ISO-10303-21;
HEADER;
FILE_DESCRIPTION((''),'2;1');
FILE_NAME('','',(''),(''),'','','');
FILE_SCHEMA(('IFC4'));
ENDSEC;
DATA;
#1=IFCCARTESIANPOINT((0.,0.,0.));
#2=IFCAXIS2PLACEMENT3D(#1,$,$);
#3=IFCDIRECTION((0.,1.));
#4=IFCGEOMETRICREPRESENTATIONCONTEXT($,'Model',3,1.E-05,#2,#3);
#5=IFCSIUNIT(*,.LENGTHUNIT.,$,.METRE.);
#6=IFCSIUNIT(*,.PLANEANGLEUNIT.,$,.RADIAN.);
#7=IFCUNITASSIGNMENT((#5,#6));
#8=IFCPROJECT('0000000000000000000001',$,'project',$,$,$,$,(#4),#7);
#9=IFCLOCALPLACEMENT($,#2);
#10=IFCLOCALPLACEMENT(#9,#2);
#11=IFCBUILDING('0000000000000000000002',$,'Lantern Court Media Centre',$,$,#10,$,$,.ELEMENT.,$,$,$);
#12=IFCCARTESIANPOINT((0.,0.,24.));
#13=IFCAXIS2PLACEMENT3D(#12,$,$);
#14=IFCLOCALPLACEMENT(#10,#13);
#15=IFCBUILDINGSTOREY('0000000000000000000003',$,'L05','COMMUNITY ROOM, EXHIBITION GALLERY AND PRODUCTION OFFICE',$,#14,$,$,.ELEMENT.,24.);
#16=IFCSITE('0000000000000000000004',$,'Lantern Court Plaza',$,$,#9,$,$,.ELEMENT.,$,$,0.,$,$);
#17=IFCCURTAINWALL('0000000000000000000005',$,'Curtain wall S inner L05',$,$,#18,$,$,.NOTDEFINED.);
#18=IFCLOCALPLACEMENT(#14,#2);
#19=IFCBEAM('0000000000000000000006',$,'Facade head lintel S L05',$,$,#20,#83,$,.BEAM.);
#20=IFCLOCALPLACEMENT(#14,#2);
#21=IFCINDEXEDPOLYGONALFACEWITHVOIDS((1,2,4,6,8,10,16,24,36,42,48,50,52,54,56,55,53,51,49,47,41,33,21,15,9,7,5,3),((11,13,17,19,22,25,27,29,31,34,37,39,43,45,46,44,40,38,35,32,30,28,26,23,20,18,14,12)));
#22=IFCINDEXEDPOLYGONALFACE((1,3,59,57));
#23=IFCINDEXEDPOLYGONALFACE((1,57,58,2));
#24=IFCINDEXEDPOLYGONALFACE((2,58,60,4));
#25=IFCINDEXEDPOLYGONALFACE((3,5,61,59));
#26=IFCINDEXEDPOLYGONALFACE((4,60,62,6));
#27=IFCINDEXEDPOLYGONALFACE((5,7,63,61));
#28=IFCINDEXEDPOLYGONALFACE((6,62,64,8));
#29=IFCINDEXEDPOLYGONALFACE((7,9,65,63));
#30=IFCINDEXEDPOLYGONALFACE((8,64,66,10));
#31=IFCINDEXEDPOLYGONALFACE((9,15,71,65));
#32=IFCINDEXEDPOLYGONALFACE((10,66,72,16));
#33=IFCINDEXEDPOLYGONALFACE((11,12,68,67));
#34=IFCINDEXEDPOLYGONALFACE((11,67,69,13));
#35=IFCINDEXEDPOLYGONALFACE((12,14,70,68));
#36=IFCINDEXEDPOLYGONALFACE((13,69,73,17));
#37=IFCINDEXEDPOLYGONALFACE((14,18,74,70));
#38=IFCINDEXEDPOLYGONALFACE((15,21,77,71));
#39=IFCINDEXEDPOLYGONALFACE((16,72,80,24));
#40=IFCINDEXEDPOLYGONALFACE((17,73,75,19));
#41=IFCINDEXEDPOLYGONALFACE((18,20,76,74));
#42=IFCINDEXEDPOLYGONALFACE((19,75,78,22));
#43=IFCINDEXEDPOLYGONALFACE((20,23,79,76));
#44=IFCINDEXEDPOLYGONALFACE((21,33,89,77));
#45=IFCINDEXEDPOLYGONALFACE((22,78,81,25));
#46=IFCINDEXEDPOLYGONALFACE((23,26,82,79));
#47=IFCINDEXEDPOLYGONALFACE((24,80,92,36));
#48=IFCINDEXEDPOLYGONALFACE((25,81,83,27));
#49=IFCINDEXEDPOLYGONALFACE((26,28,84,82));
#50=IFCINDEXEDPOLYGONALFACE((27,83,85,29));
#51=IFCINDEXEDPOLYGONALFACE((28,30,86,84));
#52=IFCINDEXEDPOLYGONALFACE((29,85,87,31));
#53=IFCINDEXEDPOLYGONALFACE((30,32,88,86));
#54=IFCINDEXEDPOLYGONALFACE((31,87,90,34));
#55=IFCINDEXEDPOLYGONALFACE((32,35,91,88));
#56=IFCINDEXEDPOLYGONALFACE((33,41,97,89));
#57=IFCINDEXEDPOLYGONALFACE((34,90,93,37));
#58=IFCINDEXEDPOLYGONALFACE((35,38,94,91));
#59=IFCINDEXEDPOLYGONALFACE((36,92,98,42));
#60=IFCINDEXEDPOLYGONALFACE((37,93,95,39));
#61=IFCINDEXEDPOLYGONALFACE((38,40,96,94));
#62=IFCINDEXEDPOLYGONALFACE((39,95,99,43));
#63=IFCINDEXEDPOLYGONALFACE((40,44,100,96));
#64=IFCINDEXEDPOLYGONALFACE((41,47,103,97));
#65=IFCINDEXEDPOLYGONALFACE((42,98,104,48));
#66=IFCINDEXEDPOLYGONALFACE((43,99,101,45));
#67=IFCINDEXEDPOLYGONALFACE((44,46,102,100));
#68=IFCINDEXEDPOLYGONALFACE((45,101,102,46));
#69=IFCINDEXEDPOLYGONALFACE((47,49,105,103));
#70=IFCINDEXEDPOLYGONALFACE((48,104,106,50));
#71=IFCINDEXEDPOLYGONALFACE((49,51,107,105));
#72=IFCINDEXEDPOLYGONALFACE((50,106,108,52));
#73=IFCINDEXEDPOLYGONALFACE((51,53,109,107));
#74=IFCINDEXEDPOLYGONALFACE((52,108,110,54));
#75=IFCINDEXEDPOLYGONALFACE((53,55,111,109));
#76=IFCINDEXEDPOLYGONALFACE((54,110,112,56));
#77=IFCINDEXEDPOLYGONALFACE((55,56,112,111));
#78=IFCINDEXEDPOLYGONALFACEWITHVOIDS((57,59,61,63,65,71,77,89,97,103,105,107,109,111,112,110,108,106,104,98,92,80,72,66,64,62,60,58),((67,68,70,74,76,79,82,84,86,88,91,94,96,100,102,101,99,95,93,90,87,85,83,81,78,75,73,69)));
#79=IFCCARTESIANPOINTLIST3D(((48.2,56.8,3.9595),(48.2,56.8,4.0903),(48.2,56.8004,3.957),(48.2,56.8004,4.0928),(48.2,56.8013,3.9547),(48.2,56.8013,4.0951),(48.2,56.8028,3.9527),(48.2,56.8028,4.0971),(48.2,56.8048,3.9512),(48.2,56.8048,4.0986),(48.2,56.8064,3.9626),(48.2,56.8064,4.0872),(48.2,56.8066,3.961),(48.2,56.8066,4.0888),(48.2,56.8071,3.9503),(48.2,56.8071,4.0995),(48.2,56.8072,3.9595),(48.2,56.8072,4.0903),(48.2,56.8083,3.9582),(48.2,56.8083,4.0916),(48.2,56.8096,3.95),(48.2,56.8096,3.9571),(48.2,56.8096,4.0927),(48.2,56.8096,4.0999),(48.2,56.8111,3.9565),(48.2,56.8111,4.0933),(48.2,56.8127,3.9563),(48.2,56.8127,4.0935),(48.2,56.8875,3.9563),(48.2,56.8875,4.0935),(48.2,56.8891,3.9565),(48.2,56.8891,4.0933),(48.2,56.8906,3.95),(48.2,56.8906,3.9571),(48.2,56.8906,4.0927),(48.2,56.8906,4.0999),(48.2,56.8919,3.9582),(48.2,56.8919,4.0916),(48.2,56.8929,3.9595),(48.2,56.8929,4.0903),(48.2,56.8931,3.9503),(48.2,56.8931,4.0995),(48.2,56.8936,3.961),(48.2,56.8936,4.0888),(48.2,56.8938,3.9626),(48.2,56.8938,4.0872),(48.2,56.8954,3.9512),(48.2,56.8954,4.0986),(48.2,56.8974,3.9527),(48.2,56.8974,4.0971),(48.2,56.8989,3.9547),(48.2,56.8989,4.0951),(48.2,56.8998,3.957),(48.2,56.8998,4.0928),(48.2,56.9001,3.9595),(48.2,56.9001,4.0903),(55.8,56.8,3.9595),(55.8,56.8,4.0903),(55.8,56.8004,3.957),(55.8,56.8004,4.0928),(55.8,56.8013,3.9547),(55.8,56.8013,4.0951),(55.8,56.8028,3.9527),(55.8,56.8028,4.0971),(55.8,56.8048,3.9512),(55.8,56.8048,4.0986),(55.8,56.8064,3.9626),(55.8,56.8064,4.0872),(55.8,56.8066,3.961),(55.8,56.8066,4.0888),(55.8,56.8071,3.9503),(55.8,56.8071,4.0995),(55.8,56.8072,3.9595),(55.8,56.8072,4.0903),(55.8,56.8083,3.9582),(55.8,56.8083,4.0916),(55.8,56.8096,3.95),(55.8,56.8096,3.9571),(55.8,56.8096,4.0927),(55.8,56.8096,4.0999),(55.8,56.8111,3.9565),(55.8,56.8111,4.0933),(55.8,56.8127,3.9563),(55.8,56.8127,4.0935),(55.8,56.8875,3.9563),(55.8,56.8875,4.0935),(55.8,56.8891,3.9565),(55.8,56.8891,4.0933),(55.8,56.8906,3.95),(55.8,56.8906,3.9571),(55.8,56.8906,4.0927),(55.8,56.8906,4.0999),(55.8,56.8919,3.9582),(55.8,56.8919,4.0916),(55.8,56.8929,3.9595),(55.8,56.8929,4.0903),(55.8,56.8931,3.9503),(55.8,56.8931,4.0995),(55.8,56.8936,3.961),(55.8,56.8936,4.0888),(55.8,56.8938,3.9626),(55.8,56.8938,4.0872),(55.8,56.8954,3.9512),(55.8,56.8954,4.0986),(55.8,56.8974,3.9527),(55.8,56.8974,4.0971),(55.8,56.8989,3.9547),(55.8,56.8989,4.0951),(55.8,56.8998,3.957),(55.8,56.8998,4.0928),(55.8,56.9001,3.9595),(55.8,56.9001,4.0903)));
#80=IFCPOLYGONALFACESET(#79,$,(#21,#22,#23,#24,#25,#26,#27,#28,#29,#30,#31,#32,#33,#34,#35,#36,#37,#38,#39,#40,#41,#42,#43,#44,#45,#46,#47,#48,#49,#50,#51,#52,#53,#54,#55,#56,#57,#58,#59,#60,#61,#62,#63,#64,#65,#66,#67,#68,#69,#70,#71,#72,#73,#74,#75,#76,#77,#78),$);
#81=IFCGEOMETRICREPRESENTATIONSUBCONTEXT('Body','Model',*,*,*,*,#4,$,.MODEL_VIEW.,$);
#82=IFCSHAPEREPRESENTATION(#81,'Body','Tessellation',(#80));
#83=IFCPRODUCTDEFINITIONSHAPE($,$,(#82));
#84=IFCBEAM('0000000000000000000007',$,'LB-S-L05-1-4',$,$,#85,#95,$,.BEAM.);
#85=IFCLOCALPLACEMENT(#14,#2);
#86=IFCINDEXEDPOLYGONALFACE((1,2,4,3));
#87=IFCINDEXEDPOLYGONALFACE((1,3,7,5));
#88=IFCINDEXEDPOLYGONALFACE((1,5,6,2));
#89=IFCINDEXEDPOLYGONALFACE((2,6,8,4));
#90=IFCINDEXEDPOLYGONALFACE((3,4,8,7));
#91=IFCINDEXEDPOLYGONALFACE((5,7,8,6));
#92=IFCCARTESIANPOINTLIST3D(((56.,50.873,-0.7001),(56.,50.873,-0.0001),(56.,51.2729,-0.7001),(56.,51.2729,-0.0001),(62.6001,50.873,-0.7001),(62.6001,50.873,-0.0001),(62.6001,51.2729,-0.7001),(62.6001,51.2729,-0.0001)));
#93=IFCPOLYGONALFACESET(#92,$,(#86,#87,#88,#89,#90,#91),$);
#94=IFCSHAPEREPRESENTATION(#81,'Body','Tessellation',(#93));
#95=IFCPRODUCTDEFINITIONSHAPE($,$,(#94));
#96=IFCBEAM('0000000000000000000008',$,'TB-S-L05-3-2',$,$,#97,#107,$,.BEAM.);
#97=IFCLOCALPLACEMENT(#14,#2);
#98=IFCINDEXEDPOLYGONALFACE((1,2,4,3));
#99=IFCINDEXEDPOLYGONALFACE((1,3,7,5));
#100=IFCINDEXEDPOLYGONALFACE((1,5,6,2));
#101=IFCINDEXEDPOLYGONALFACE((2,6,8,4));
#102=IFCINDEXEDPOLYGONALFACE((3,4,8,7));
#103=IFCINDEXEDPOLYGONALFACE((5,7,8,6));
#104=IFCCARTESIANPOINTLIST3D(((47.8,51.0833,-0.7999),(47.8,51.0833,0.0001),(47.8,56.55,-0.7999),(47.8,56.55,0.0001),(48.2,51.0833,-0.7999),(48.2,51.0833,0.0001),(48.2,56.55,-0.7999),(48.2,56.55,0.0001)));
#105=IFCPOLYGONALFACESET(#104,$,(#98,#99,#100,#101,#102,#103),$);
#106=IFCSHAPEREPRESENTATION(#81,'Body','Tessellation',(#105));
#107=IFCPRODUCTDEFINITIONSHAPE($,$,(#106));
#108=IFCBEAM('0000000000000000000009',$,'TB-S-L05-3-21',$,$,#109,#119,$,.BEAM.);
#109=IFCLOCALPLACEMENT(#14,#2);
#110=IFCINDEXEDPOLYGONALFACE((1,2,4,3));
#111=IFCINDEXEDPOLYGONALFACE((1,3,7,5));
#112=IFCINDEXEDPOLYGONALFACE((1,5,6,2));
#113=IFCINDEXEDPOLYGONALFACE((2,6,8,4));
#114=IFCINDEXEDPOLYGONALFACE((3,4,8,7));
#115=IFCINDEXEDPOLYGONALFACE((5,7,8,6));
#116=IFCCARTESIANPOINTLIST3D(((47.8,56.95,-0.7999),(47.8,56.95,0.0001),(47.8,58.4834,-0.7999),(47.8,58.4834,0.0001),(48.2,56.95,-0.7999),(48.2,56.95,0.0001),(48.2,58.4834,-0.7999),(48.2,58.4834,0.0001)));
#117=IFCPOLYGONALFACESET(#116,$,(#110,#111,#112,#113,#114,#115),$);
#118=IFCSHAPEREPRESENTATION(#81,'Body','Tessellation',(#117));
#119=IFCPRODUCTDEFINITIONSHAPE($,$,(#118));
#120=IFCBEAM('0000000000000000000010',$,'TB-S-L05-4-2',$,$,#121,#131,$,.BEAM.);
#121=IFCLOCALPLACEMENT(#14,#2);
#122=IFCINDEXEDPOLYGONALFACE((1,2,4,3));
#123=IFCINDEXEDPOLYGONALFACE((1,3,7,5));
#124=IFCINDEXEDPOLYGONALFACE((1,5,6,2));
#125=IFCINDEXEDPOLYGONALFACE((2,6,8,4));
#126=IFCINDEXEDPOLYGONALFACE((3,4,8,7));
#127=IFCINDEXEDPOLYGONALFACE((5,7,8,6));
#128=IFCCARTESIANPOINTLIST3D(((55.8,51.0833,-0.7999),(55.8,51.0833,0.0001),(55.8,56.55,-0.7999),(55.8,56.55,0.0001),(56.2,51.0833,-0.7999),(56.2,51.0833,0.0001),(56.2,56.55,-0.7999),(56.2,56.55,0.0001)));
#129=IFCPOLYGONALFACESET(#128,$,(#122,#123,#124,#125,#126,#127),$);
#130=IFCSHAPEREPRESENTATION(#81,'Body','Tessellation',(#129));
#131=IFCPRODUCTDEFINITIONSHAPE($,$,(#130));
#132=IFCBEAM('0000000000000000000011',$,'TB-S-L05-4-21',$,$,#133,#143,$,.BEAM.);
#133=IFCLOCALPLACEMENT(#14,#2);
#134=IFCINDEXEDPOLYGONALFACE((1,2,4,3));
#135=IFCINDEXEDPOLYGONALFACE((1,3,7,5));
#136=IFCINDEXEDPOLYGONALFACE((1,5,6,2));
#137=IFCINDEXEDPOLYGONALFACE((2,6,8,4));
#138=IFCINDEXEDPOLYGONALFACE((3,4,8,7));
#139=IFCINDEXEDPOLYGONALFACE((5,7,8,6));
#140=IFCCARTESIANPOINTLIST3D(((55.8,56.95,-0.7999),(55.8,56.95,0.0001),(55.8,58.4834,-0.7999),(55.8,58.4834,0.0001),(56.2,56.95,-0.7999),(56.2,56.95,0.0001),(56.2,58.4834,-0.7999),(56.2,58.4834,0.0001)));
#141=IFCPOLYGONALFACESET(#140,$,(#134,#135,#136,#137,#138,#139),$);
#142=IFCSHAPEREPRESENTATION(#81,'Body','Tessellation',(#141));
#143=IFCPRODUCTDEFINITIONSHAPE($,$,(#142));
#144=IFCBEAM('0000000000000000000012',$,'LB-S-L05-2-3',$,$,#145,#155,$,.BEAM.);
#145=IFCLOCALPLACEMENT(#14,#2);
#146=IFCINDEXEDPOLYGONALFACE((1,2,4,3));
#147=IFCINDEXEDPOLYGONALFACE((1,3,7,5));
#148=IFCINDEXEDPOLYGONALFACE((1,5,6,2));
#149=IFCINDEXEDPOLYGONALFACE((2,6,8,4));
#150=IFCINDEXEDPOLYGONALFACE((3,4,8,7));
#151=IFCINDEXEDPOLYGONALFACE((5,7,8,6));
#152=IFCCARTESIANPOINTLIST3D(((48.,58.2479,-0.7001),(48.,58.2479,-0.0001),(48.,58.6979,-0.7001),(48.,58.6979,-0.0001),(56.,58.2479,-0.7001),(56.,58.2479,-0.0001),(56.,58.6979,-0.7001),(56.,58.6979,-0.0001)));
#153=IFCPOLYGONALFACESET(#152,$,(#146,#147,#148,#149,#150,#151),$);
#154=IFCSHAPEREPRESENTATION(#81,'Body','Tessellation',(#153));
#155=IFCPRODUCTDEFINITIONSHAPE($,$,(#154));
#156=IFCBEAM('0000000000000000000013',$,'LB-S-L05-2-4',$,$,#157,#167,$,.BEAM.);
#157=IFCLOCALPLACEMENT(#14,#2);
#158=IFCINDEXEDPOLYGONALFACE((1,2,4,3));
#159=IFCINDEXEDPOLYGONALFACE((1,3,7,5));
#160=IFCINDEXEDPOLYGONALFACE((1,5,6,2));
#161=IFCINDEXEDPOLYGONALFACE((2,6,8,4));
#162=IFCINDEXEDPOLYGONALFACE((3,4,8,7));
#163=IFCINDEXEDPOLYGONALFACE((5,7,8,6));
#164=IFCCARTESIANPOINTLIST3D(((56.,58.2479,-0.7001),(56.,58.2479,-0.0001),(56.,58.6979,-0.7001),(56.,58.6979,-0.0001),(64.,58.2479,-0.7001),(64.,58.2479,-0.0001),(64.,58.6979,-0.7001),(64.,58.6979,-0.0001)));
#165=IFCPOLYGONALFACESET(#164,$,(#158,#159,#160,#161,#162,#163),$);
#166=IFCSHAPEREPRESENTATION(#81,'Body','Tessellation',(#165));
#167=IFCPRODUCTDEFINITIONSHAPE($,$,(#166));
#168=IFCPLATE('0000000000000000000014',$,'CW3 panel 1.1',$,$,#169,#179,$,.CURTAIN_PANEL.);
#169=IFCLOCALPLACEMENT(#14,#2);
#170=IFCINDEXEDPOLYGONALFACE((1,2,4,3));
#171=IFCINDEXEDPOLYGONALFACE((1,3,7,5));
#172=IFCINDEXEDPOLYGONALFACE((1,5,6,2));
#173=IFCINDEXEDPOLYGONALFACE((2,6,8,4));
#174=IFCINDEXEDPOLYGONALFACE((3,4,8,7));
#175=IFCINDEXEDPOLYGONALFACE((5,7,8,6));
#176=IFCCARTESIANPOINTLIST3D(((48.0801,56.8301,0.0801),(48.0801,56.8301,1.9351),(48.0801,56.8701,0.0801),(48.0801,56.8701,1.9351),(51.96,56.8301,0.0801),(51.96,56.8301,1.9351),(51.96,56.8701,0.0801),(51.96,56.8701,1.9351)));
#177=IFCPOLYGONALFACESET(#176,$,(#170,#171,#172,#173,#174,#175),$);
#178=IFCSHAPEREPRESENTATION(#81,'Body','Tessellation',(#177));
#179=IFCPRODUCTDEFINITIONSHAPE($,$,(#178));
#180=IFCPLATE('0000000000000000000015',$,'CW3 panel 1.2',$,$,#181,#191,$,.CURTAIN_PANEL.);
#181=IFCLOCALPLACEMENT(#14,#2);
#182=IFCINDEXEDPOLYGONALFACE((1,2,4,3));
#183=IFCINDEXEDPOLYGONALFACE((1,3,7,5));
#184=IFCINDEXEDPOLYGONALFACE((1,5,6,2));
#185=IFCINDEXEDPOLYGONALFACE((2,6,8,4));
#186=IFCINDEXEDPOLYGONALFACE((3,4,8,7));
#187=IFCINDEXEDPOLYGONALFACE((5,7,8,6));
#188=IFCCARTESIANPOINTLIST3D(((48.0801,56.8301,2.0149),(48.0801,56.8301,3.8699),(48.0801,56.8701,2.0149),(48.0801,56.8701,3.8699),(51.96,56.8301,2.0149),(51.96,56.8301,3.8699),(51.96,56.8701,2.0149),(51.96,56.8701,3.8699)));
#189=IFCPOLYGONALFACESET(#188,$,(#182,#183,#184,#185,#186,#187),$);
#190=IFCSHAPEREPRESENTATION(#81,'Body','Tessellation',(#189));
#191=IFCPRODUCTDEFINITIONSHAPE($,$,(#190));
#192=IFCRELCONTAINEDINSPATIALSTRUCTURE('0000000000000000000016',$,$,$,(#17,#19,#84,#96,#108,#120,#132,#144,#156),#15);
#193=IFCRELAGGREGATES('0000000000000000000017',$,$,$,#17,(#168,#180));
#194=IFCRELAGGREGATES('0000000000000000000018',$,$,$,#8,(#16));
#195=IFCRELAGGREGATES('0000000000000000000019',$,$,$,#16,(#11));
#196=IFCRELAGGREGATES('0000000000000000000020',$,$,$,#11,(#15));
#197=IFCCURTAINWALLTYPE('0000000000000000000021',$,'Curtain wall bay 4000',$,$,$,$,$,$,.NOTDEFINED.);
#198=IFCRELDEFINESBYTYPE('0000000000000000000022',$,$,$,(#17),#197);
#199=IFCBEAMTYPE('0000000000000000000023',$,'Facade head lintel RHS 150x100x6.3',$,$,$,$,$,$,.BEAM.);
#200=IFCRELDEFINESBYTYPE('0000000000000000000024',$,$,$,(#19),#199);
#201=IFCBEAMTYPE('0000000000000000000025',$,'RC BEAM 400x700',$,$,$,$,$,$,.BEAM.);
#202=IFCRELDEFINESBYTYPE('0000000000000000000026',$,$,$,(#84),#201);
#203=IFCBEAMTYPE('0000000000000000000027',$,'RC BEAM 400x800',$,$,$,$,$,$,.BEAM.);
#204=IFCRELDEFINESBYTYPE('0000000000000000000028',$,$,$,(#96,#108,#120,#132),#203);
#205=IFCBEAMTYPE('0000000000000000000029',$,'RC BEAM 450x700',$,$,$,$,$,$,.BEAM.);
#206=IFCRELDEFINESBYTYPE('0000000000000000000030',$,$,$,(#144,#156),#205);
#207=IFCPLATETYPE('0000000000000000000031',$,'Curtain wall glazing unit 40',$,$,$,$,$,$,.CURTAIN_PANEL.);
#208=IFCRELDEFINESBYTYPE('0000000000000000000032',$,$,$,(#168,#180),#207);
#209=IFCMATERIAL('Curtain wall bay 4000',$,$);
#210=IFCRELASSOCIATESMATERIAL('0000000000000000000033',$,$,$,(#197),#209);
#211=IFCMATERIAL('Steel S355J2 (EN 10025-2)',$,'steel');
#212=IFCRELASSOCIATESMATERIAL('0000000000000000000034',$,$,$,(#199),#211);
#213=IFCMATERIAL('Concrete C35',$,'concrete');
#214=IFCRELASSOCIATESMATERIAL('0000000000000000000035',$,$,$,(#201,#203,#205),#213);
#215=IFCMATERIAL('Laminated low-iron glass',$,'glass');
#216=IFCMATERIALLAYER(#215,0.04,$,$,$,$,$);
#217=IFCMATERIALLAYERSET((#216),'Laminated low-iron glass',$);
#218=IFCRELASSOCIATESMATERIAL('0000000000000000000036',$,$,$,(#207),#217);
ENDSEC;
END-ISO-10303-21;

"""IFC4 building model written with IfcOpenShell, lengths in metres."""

from ifc_helpers import new_model, si_unit, direction, frame, origin, origin_2d, place, context, subcontext, project, spatial, rectangle, hollow_rectangle, extrude, material, layer, layer_set, material_profile, profile_set, type_object, element, aggregate, save


model = new_model("IFC4")

# Units and contexts
model_context = context("Model", 3, precision=1e-05, world=origin(), true_north=direction((0.0, 1.0)))
body_context = subcontext(model_context, "Body", "Model", "MODEL_VIEW")
ifc_project = project(units=[si_unit("LENGTHUNIT", "METRE"), si_unit("PLANEANGLEUNIT", "RADIAN")], contexts=[model_context])

# Site, building, storey
site_placement = place(None, origin())
site = spatial("IfcSite", under=ifc_project, at=site_placement, Name="Lantern Court Plaza", CompositionType="ELEMENT", RefElevation=0.0)
building_placement = place(site_placement, origin())
building = spatial("IfcBuilding", under=site, at=building_placement, Name="Lantern Court Media Centre", CompositionType="ELEMENT")
storey_placement = place(building_placement, frame((0.0, 0.0, 24.0)))
storey = spatial("IfcBuildingStorey", under=building, at=storey_placement, Name="L05", Description="COMMUNITY ROOM, EXHIBITION GALLERY AND PRODUCTION OFFICE", CompositionType="ELEMENT", Elevation=24.0)

# Shared definitions
ifc_material_1 = material(Name="Concrete C35", Category="concrete")

# Curtain wall
ifc_material_2 = material(Name="Curtain wall bay 4000")
curtain_wall_type = type_object("IfcCurtainWallType", Name="Curtain wall bay 4000", PredefinedType="NOTDEFINED", material=ifc_material_2)
curtain_wall_1_placement = place(storey_placement, origin())
curtain_wall_1 = element("IfcCurtainWall", 1, at=curtain_wall_1_placement, inside=storey, type_object=curtain_wall_type, Name="Curtain wall S inner L05", PredefinedType="NOTDEFINED")

# Beams
ifc_material_3 = material(Name="Steel S355J2 (EN 10025-2)", Category="steel")
ifc_material_profile_1 = material_profile(ifc_material_3, hollow_rectangle(XDim=0.1001, YDim=0.1499, WallThickness=0.0063, InnerFilletRadius=0.0063, OuterFilletRadius=0.0095, at=origin_2d()), Name="Facade head lintel RHS 150x100x6.3")
ifc_profile_set_1 = profile_set([ifc_material_profile_1], Name="Steel S355J2 (EN 10025-2)")
beam_type_1 = type_object("IfcBeamType", Name="Facade head lintel RHS 150x100x6.3", PredefinedType="BEAM", material=ifc_profile_set_1)
beam_1_placement = place(storey_placement, frame((48.2, 56.8501, 4.0249), z_axis=(1.0, 0.0, 0.0), x_axis=(0.0, 1.0, 0.0)))
element("IfcBeam", 2, at=beam_1_placement, inside=storey, type_object=beam_type_1, Name="Facade head lintel S L05", PredefinedType="BEAM", context=body_context, shape_type="SweptSolid", body=[
    extrude(hollow_rectangle(XDim=0.1001, YDim=0.1499, WallThickness=0.0063, InnerFilletRadius=0.0063, OuterFilletRadius=0.0095, at=origin_2d()), origin(), (0.0, 0.0, 1.0), 7.6001),
])
ifc_material_profile_2 = material_profile(ifc_material_1, rectangle(XDim=0.3999, YDim=0.7, at=origin_2d()), Name="RC 400x700")
ifc_profile_set_2 = profile_set([ifc_material_profile_2], Name="Concrete C35")
beam_type_2 = type_object("IfcBeamType", Name="RC BEAM 400x700", PredefinedType="BEAM", material=ifc_profile_set_2)
beam_2_placement = place(storey_placement, frame((56.0, 51.073, -0.3501), z_axis=(1.0, 0.0, 0.0), x_axis=(0.0, 1.0, 0.0)))
element("IfcBeam", 3, at=beam_2_placement, inside=storey, type_object=beam_type_2, Name="LB-S-L05-1-4", PredefinedType="BEAM", context=body_context, shape_type="SweptSolid", body=[
    extrude(rectangle(XDim=0.3999, YDim=0.7, at=origin_2d()), origin(), (0.0, 0.0, 1.0), 6.6001),
])
ifc_material_profile_3 = material_profile(ifc_material_1, rectangle(XDim=0.3999, YDim=0.8, at=origin_2d()), Name="RC 400x800")
ifc_profile_set_3 = profile_set([ifc_material_profile_3], Name="Concrete C35")
beam_type_3 = type_object("IfcBeamType", Name="RC BEAM 400x800", PredefinedType="BEAM", material=ifc_profile_set_3)
beam_3_placement = place(storey_placement, frame((48.0, 51.0833, -0.3999), z_axis=(0.0, 1.0, 0.0), x_axis=(-1.0, 0.0, 0.0)))
element("IfcBeam", 4, at=beam_3_placement, inside=storey, type_object=beam_type_3, Name="TB-S-L05-3-2", PredefinedType="BEAM", context=body_context, shape_type="SweptSolid", body=[
    extrude(rectangle(XDim=0.3999, YDim=0.8, at=origin_2d()), origin(), (0.0, 0.0, 1.0), 5.4668),
])
beam_4_placement = place(storey_placement, frame((48.0, 56.95, -0.3999), z_axis=(0.0, 1.0, 0.0), x_axis=(-1.0, 0.0, 0.0)))
element("IfcBeam", 5, at=beam_4_placement, inside=storey, type_object=beam_type_3, Name="TB-S-L05-3-21", PredefinedType="BEAM", context=body_context, shape_type="SweptSolid", body=[
    extrude(rectangle(XDim=0.3999, YDim=0.8, at=origin_2d()), origin(), (0.0, 0.0, 1.0), 1.5334),
])
beam_5_placement = place(storey_placement, frame((56.0, 51.0833, -0.3999), z_axis=(0.0, 1.0, 0.0), x_axis=(-1.0, 0.0, 0.0)))
element("IfcBeam", 6, at=beam_5_placement, inside=storey, type_object=beam_type_3, Name="TB-S-L05-4-2", PredefinedType="BEAM", context=body_context, shape_type="SweptSolid", body=[
    extrude(rectangle(XDim=0.3999, YDim=0.8, at=origin_2d()), origin(), (0.0, 0.0, 1.0), 5.4668),
])
beam_6_placement = place(storey_placement, frame((56.0, 56.95, -0.3999), z_axis=(0.0, 1.0, 0.0), x_axis=(-1.0, 0.0, 0.0)))
element("IfcBeam", 7, at=beam_6_placement, inside=storey, type_object=beam_type_3, Name="TB-S-L05-4-21", PredefinedType="BEAM", context=body_context, shape_type="SweptSolid", body=[
    extrude(rectangle(XDim=0.3999, YDim=0.8, at=origin_2d()), origin(), (0.0, 0.0, 1.0), 1.5334),
])
ifc_material_profile_4 = material_profile(ifc_material_1, rectangle(XDim=0.45, YDim=0.7, at=origin_2d()), Name="RC 450x700")
ifc_profile_set_4 = profile_set([ifc_material_profile_4], Name="Concrete C35")
beam_type_4 = type_object("IfcBeamType", Name="RC BEAM 450x700", PredefinedType="BEAM", material=ifc_profile_set_4)
for number, where, z_axis, x_axis, name in (
    (8, (48.0, 58.4729, -0.3501), (1.0, 0.0, 0.0), (0.0, 1.0, 0.0), "LB-S-L05-2-3"),
    (9, (56.0, 58.4729, -0.3501), (1.0, 0.0, 0.0), (0.0, 1.0, 0.0), "LB-S-L05-2-4"),
):
    element("IfcBeam", number, at=place(storey_placement, frame(where, z_axis=z_axis, x_axis=x_axis)), inside=storey, type_object=beam_type_4, Name=name, PredefinedType="BEAM", context=body_context, shape_type="SweptSolid", body=[
        extrude(rectangle(XDim=0.45, YDim=0.7, at=origin_2d()), origin(), (0.0, 0.0, 1.0), 8.0),
    ])

# Plates
ifc_material_4 = material(Name="Laminated low-iron glass", Category="glass")
ifc_layer_1 = layer(ifc_material_4, 0.04)
ifc_layer_set_1 = layer_set([ifc_layer_1], Name="Laminated low-iron glass")
plate_type = type_object("IfcPlateType", Name="Curtain wall glazing unit 40", PredefinedType="CURTAIN_PANEL", material=ifc_layer_set_1)
plate_1_placement = place(storey_placement, frame((50.02, 56.8501, 0.0801), z_axis=(0.0, 0.0, 1.0), x_axis=(1.0, 0.0, 0.0)))
plate_1 = element("IfcPlate", 10, at=plate_1_placement, type_object=plate_type, Name="CW3 panel 1.1", PredefinedType="CURTAIN_PANEL", context=body_context, shape_type="SweptSolid", body=[
    extrude(rectangle(XDim=3.8799, YDim=0.04, at=origin_2d()), origin(), (0.0, 0.0, 1.0), 1.855),
])
plate_2_placement = place(storey_placement, frame((50.02, 56.8501, 2.0149), z_axis=(0.0, 0.0, 1.0), x_axis=(1.0, 0.0, 0.0)))
plate_2 = element("IfcPlate", 11, at=plate_2_placement, type_object=plate_type, Name="CW3 panel 1.2", PredefinedType="CURTAIN_PANEL", context=body_context, shape_type="SweptSolid", body=[
    extrude(rectangle(XDim=3.8799, YDim=0.04, at=origin_2d()), origin(), (0.0, 0.0, 1.0), 1.855),
])
aggregate(curtain_wall_1, [plate_1, plate_2])

save(model, "model.ifc")
